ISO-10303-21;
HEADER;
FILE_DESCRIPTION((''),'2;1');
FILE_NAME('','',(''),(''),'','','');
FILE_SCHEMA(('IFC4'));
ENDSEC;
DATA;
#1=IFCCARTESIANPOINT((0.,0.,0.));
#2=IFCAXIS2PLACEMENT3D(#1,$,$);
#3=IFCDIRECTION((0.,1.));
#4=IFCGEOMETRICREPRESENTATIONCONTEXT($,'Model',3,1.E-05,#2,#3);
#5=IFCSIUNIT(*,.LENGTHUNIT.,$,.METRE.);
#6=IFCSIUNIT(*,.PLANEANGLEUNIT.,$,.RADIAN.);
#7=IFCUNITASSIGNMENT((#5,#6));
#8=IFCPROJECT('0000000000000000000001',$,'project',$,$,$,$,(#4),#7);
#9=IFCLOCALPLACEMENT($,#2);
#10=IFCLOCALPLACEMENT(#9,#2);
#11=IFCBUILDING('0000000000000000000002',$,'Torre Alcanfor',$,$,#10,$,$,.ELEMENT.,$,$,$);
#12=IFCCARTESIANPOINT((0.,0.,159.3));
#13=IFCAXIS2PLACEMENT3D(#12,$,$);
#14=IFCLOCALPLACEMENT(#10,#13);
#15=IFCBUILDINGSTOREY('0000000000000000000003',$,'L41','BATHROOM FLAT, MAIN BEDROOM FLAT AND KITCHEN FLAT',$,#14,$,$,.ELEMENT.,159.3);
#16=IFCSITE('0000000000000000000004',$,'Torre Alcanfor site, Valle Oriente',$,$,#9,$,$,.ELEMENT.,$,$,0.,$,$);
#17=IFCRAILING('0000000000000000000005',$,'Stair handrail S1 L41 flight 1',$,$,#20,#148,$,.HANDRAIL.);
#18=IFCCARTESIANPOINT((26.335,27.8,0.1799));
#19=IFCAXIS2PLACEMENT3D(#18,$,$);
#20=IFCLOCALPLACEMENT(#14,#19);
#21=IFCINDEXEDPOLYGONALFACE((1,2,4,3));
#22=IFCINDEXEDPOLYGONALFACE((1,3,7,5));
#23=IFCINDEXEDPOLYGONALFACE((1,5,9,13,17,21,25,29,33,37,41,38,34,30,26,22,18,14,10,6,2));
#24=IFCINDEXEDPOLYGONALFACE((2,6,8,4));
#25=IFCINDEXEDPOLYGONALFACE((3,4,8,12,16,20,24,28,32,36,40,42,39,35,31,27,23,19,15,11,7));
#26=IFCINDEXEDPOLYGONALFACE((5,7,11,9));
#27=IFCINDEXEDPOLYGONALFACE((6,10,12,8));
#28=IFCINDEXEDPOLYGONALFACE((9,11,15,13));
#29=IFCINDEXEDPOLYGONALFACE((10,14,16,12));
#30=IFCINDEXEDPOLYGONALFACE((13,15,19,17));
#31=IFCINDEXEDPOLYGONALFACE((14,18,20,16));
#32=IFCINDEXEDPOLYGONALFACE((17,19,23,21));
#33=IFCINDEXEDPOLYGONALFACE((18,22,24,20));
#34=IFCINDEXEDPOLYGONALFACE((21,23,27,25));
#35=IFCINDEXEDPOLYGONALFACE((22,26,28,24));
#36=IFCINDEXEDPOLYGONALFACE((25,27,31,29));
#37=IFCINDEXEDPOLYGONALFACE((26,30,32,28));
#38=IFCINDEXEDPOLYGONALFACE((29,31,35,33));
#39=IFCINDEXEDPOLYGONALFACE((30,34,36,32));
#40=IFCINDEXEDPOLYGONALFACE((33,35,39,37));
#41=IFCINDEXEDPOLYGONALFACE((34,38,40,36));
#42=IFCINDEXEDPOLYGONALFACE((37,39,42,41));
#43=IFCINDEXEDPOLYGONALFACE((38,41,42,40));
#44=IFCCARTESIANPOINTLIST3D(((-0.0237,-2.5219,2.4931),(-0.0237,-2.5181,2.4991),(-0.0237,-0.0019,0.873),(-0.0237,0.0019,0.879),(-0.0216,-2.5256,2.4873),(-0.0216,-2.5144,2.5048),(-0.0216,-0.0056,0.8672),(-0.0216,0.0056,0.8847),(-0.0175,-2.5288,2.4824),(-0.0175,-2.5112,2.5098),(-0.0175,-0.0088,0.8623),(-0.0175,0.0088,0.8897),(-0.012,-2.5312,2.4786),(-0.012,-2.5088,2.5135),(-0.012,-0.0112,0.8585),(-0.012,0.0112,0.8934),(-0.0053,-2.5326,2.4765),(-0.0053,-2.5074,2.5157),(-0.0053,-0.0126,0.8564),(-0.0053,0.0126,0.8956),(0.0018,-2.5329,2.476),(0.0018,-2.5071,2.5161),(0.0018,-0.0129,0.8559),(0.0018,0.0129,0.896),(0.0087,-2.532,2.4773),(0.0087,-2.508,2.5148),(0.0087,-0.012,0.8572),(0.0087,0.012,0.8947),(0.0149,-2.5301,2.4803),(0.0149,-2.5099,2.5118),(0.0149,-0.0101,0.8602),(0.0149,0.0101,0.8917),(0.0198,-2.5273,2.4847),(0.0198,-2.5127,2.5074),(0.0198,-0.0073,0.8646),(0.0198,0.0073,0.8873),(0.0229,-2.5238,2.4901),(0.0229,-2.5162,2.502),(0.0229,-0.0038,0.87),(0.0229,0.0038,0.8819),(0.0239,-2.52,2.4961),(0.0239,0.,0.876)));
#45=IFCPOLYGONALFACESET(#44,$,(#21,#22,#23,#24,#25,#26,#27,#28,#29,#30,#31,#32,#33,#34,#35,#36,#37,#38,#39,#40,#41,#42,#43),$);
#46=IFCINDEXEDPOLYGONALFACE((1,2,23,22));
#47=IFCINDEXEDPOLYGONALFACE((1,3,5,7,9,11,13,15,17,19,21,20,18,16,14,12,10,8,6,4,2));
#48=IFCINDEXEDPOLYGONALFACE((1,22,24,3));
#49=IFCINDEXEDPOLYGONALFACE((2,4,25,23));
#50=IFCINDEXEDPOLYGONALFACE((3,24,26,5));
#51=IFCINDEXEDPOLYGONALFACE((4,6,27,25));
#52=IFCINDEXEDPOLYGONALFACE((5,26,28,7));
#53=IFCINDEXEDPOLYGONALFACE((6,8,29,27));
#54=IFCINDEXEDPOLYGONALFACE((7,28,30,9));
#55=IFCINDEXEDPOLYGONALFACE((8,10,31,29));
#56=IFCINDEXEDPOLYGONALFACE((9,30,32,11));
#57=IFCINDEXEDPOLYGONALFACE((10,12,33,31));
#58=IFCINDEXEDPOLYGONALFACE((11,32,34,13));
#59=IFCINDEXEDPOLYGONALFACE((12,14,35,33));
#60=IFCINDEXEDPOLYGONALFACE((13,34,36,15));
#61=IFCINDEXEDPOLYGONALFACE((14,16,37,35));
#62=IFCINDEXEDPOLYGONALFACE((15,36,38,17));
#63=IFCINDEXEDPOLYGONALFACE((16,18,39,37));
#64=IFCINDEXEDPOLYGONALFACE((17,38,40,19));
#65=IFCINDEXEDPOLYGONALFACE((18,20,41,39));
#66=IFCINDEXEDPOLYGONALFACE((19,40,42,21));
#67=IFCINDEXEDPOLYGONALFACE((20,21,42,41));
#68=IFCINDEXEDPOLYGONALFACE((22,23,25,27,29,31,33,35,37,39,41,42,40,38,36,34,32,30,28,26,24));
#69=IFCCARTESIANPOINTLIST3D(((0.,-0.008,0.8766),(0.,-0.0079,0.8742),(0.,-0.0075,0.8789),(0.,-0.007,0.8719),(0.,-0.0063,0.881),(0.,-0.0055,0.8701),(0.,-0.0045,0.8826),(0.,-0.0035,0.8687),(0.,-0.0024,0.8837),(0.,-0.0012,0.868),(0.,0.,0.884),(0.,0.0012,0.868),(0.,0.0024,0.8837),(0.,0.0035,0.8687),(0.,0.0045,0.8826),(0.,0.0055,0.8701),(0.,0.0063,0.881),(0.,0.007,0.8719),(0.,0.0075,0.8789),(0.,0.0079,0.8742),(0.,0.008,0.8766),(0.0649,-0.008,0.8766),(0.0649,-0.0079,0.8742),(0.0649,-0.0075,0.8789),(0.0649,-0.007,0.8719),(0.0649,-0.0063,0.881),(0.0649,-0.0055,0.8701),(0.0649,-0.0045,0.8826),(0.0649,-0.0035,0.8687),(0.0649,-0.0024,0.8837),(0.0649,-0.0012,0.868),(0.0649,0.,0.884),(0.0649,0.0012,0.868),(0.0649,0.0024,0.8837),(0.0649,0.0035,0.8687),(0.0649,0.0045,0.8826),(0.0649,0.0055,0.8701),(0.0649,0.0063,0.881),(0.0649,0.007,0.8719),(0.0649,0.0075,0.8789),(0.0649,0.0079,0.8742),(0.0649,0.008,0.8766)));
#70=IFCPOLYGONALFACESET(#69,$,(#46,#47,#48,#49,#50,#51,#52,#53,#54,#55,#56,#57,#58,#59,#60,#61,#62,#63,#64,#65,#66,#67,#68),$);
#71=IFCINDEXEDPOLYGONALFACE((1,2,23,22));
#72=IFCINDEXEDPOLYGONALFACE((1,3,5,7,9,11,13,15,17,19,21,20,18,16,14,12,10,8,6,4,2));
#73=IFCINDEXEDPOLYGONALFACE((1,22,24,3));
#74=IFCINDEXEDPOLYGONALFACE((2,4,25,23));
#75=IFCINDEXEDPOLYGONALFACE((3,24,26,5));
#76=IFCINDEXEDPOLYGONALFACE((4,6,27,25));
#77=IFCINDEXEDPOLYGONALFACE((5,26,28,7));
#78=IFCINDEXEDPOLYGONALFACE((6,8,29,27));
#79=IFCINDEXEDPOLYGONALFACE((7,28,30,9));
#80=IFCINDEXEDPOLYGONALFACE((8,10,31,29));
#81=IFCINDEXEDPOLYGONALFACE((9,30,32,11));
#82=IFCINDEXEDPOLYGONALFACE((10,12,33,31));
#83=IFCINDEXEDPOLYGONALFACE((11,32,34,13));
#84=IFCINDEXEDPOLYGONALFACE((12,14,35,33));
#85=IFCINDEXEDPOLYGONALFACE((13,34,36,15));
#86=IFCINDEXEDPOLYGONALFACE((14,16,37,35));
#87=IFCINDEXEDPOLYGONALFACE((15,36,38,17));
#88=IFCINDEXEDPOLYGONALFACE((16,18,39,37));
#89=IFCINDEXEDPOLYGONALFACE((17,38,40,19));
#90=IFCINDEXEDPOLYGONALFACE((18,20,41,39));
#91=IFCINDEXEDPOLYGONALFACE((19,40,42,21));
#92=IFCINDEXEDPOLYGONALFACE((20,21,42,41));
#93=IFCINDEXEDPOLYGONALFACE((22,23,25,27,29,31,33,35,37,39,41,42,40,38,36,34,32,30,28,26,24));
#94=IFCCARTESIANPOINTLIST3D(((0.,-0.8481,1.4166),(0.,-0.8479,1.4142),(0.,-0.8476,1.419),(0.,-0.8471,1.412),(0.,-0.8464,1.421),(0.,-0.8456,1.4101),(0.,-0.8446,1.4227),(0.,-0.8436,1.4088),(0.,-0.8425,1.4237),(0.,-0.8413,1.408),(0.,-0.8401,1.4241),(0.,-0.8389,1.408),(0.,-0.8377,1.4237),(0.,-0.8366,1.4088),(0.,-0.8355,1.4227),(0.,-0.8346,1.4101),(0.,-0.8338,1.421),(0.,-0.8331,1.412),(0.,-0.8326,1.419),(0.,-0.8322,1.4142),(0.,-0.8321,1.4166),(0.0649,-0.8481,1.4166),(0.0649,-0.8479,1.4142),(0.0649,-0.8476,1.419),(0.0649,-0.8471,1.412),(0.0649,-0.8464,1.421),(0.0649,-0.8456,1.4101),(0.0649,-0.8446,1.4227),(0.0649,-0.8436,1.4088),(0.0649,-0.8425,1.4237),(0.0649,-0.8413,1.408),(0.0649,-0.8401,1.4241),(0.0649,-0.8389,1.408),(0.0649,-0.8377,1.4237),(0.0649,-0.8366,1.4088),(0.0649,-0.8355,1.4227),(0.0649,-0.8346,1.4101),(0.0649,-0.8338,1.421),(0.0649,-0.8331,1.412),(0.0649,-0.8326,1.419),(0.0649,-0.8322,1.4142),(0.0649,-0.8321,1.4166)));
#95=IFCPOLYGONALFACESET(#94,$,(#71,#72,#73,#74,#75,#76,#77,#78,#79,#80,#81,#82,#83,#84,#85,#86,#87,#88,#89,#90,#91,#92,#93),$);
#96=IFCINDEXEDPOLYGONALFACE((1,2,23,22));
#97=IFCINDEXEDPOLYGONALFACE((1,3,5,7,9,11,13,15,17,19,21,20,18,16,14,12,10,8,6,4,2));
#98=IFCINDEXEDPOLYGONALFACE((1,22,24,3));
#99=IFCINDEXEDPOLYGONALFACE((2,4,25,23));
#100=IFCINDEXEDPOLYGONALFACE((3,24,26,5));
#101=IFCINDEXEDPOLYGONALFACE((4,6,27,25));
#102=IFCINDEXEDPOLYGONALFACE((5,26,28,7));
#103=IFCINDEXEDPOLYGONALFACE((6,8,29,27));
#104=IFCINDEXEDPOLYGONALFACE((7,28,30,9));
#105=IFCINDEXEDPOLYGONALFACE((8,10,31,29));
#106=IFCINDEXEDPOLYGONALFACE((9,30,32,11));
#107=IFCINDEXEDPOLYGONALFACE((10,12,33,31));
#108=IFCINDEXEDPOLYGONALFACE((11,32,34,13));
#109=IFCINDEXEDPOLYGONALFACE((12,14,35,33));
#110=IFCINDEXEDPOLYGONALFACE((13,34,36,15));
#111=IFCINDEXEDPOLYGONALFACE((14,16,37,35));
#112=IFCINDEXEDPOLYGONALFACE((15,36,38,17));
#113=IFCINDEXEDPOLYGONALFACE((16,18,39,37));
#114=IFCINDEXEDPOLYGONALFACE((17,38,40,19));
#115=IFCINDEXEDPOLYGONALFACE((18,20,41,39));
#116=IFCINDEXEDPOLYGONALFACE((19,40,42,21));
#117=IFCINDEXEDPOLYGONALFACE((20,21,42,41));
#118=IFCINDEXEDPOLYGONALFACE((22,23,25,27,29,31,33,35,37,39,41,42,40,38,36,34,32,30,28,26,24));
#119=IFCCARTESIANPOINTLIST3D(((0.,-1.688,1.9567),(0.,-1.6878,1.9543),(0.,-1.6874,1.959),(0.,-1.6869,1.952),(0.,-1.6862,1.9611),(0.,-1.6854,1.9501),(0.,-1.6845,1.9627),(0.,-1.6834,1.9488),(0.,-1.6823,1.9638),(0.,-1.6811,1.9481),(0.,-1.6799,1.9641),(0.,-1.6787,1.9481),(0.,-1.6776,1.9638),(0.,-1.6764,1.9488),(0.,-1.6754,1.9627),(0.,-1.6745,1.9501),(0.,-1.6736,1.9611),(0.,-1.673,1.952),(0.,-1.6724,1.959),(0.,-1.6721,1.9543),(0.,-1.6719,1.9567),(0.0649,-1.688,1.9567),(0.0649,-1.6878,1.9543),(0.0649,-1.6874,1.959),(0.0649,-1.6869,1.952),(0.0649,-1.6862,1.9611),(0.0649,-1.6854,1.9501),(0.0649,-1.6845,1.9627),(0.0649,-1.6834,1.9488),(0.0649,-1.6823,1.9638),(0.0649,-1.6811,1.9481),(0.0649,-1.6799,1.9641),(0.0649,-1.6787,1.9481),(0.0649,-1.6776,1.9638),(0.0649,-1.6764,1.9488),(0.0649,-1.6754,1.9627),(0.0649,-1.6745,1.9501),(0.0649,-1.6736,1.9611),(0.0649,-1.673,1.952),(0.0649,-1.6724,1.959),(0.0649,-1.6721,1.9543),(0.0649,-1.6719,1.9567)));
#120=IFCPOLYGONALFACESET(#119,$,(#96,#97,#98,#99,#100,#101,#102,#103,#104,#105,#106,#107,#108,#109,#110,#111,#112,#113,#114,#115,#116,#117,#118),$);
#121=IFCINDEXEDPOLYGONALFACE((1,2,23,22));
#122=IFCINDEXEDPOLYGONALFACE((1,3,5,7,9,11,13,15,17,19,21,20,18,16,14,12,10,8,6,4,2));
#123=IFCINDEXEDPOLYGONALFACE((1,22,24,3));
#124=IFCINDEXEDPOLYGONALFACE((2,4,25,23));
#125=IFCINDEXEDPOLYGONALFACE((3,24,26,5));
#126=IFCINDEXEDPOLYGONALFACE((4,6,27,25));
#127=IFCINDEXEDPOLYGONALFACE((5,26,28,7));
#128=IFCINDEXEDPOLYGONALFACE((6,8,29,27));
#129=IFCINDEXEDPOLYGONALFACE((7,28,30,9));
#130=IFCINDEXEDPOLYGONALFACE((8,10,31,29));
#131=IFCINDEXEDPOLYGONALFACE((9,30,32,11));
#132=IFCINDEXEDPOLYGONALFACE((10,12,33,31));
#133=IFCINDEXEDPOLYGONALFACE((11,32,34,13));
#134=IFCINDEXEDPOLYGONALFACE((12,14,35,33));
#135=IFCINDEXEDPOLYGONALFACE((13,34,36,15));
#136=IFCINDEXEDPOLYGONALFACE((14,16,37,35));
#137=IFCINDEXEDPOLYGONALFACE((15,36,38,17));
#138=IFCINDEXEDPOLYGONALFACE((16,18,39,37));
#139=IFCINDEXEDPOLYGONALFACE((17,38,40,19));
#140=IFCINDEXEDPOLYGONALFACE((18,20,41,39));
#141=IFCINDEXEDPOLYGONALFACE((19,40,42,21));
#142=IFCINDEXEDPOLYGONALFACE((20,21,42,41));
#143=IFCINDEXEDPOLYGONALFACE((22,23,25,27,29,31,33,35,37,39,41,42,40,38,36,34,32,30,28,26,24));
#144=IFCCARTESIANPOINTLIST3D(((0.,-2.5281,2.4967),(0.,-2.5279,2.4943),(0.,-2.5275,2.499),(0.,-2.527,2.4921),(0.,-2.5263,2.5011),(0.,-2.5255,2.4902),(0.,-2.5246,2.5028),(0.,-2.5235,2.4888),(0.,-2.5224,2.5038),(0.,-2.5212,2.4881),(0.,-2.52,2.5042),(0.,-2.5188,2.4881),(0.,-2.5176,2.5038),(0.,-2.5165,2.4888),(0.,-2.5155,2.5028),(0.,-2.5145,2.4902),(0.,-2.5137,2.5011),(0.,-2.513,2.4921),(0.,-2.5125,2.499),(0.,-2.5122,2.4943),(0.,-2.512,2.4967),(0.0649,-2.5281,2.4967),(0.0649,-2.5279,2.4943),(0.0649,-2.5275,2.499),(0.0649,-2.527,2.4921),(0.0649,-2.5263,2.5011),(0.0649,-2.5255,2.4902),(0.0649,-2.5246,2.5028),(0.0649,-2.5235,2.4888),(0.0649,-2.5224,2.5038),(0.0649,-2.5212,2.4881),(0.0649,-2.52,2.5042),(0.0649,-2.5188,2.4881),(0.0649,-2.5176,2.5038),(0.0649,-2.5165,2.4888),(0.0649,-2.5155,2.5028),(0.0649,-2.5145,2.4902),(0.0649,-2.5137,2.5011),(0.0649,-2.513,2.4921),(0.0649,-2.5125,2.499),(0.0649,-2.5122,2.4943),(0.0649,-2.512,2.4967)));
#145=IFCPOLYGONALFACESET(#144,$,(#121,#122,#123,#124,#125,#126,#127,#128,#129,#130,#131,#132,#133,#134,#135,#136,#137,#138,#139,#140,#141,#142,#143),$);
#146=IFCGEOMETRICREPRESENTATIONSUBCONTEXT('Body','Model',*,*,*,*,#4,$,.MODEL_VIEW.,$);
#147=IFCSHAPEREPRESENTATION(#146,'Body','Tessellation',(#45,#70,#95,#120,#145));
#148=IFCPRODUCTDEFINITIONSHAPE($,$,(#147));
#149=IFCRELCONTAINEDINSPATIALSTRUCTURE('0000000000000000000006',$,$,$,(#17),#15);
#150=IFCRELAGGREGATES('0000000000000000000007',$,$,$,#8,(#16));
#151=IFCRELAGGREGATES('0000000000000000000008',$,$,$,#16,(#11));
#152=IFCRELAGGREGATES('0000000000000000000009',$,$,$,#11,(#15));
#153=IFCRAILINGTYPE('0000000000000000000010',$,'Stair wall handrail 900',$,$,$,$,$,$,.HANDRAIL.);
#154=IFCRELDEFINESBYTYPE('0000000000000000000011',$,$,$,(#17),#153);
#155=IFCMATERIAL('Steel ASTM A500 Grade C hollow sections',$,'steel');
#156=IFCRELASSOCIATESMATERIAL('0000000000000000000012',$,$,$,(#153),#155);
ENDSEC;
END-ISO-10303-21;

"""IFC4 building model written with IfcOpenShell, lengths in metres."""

from ifc_helpers import new_model, si_unit, direction, frame, origin, origin_2d, place, context, subcontext, project, spatial, circle, extrude, material, type_object, element, save


model = new_model("IFC4")

# Units and contexts
model_context = context("Model", 3, precision=1e-05, world=origin(), true_north=direction((0.0, 1.0)))
body_context = subcontext(model_context, "Body", "Model", "MODEL_VIEW")
ifc_project = project(units=[si_unit("LENGTHUNIT", "METRE"), si_unit("PLANEANGLEUNIT", "RADIAN")], contexts=[model_context])

# Site, building, storey
site_placement = place(None, origin())
site = spatial("IfcSite", under=ifc_project, at=site_placement, Name="Torre Alcanfor site, Valle Oriente", CompositionType="ELEMENT", RefElevation=0.0)
building_placement = place(site_placement, origin())
building = spatial("IfcBuilding", under=site, at=building_placement, Name="Torre Alcanfor", CompositionType="ELEMENT")
storey_placement = place(building_placement, frame((0.0, 0.0, 159.3)))
storey = spatial("IfcBuildingStorey", under=building, at=storey_placement, Name="L41", Description="BATHROOM FLAT, MAIN BEDROOM FLAT AND KITCHEN FLAT", CompositionType="ELEMENT", Elevation=159.3)

# Railing
ifc_material_1 = material(Name="Steel ASTM A500 Grade C hollow sections", Category="steel")
railing_type_1 = type_object("IfcRailingType", Name="Stair wall handrail 900", PredefinedType="HANDRAIL", material=ifc_material_1)
railing_1_placement = place(storey_placement, frame((26.335, 27.8, 0.1799)))
element("IfcRailing", 1, at=railing_1_placement, inside=storey, type_object=railing_type_1, Name="Stair handrail S1 L41 flight 1", PredefinedType="HANDRAIL", context=body_context, shape_type="SweptSolid", body=[
    extrude(circle(Radius=0.0239, at=origin_2d()), frame((0.0, 0.0, 0.876), z_axis=(0.0, -0.841163, 0.540782), x_axis=(1.0, 0.0, 0.0)), (0.0, 0.0, 1.0), 2.9958),
    extrude(circle(Radius=0.0081, at=origin_2d()), frame((0.0, 0.0, 0.876), z_axis=(1.0, 0.0, 0.0), x_axis=(0.0, 0.0, 1.0)), (0.0, 0.0, 1.0), 0.0649),
    extrude(circle(Radius=0.0081, at=origin_2d()), frame((0.0, -0.8401, 1.416), z_axis=(1.0, 0.0, 0.0), x_axis=(0.0, 0.0, 1.0)), (0.0, 0.0, 1.0), 0.0649),
    extrude(circle(Radius=0.0081, at=origin_2d()), frame((0.0, -1.6799, 1.9561), z_axis=(1.0, 0.0, 0.0), x_axis=(0.0, 0.0, 1.0)), (0.0, 0.0, 1.0), 0.0649),
    extrude(circle(Radius=0.0081, at=origin_2d()), frame((0.0, -2.52, 2.4961), z_axis=(1.0, 0.0, 0.0), x_axis=(0.0, 0.0, 1.0)), (0.0, 0.0, 1.0), 0.0649),
])

save(model, "model.ifc")
